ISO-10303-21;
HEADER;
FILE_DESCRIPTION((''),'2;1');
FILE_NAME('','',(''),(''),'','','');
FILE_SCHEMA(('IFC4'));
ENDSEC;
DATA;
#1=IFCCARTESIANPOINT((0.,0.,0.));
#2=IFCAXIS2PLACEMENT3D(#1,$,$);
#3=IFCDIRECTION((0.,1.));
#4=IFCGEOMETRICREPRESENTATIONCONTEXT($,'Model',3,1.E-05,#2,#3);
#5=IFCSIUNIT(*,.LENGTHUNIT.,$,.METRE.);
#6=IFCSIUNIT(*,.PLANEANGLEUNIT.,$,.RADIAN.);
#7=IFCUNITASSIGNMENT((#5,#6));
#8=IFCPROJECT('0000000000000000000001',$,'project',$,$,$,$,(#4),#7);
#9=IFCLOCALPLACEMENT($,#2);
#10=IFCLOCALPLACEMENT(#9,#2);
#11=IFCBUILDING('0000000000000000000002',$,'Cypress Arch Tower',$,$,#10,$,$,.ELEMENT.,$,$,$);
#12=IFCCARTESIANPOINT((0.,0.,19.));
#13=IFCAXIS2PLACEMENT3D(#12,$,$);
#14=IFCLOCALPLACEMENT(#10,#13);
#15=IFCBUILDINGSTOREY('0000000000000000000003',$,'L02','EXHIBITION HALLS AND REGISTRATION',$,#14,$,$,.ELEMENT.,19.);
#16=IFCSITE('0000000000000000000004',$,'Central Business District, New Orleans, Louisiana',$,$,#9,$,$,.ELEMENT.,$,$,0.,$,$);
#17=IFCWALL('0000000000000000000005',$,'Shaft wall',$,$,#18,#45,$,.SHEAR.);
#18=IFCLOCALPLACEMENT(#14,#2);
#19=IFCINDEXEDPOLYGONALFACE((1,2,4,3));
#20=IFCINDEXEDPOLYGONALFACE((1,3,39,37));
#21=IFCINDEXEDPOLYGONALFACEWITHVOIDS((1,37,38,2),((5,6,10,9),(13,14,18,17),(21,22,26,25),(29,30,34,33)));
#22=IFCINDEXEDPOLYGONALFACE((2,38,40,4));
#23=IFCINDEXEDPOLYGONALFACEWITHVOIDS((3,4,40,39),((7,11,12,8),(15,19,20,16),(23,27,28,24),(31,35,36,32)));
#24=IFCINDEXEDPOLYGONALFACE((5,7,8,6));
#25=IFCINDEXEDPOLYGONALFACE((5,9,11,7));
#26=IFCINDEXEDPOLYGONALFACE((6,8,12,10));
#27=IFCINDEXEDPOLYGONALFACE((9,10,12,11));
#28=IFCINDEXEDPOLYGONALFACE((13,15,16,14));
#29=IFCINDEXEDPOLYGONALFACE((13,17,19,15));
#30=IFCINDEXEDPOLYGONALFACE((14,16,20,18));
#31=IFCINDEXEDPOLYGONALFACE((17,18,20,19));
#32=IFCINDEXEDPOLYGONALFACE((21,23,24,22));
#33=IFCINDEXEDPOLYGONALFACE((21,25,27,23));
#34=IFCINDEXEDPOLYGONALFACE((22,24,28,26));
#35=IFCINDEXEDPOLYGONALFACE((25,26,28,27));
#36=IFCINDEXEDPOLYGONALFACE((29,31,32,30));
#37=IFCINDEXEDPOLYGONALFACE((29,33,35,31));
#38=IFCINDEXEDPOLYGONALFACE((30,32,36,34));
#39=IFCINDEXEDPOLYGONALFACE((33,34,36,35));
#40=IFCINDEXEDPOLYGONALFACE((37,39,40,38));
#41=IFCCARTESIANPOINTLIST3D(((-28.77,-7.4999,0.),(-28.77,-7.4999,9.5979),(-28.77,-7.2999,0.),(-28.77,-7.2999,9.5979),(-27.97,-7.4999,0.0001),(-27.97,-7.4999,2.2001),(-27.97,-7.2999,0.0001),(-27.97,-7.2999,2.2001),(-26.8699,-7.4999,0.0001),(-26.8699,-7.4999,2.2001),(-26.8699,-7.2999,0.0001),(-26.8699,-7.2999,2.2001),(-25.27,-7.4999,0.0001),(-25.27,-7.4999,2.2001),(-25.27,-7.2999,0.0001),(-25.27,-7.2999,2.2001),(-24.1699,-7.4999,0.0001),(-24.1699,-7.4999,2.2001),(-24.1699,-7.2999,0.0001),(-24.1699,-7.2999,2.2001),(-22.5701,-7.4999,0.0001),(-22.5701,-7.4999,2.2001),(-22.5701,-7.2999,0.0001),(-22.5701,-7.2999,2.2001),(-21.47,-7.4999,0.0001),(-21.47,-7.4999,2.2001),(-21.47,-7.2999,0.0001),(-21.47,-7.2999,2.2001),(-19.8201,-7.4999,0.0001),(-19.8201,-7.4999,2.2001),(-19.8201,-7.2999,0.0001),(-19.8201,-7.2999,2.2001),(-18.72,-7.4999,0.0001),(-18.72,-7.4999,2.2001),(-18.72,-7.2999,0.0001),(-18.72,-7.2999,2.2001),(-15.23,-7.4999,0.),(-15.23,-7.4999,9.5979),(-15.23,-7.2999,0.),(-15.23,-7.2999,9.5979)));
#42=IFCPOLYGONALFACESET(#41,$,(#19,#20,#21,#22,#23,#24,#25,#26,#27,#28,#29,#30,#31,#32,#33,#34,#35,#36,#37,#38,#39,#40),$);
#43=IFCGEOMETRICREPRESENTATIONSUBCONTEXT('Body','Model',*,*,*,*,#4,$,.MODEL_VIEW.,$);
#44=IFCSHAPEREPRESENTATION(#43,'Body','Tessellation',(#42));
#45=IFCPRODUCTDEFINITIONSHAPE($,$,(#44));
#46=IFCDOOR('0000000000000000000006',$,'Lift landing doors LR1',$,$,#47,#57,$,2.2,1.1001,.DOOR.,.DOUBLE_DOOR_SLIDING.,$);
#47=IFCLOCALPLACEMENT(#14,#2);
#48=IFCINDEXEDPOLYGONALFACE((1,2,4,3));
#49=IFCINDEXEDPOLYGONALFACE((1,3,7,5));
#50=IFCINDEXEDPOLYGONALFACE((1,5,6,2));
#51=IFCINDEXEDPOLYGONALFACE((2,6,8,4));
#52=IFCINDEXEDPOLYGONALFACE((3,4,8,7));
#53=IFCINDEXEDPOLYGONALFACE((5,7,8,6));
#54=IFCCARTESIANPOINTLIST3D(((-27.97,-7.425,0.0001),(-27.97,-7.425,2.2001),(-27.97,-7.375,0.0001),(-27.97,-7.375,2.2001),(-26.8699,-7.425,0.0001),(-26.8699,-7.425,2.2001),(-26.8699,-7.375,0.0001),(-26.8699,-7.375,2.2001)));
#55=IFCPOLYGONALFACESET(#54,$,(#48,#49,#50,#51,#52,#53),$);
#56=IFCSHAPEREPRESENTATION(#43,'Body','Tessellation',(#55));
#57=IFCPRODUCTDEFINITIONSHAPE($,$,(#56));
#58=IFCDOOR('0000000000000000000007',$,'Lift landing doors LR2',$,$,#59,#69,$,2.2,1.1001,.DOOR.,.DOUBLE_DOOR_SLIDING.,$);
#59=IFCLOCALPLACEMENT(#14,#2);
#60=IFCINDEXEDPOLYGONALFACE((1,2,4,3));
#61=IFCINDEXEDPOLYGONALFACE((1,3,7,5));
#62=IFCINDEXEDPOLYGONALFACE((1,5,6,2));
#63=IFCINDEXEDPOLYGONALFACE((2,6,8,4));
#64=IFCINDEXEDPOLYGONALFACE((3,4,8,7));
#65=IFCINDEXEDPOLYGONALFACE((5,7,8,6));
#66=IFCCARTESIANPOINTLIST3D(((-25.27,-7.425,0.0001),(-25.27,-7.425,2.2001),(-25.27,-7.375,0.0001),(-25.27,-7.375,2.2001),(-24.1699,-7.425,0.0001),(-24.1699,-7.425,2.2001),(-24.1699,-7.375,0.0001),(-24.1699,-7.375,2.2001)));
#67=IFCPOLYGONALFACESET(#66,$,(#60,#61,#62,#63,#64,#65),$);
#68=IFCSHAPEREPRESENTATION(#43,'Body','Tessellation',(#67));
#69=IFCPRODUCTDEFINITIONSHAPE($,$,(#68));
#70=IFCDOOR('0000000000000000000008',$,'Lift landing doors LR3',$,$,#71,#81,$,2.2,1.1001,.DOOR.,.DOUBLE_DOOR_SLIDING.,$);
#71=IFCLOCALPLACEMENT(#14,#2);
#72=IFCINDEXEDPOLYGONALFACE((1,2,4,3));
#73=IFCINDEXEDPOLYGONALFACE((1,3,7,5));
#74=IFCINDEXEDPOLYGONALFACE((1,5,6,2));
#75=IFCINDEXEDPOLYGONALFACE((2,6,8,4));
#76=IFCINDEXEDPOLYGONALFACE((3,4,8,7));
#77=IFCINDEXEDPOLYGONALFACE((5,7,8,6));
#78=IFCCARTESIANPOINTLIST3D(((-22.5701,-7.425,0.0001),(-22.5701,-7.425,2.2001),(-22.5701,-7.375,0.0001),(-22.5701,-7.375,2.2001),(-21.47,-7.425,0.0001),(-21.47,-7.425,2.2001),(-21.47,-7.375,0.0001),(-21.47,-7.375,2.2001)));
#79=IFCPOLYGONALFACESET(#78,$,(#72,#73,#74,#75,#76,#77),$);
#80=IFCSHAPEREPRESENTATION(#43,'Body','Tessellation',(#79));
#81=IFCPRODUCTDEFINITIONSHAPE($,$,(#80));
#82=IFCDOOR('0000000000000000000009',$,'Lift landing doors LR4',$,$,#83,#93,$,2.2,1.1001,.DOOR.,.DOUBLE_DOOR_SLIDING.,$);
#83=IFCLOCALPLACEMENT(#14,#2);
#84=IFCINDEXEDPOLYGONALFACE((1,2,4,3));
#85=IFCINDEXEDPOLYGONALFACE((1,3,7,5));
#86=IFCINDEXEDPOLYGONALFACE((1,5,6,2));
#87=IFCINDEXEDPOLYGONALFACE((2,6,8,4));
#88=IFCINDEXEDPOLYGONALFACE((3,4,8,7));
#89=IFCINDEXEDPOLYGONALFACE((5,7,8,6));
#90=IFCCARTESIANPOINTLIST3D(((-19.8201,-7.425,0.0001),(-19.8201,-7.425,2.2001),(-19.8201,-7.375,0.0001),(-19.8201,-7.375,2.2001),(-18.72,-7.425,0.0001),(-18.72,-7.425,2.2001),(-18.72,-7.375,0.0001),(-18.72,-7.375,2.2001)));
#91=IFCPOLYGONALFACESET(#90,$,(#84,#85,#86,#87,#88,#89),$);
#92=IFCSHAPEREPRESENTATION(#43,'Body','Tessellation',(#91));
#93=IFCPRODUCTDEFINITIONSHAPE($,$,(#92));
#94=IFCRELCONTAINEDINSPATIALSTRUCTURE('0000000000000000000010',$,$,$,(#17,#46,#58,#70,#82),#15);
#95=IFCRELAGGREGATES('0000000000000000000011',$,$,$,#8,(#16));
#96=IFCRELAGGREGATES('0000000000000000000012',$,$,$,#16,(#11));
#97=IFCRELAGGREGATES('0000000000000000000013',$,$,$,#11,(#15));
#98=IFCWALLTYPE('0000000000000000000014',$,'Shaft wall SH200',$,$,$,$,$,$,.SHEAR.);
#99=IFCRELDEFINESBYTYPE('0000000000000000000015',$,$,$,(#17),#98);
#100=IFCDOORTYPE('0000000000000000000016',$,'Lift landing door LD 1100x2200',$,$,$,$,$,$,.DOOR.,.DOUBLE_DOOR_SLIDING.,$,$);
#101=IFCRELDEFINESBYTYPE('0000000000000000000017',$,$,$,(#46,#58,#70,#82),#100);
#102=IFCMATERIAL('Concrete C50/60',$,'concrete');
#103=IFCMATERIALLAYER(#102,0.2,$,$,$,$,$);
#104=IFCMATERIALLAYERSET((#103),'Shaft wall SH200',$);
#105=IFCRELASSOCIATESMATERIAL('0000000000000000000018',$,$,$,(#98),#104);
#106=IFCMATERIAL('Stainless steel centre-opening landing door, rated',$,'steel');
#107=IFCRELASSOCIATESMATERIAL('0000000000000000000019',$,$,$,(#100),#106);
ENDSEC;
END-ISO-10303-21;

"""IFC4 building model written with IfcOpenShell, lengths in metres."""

from ifc_helpers import new_model, si_unit, direction, frame, frame_2d, origin, place, context, subcontext, project, spatial, rectangle, extrude, material, layer, layer_set, type_object, element, fill, save


model = new_model("IFC4")

# Units and contexts
model_context = context("Model", 3, precision=1e-05, world=origin(), true_north=direction((0.0, 1.0)))
body_context = subcontext(model_context, "Body", "Model", "MODEL_VIEW")
ifc_project = project(units=[si_unit("LENGTHUNIT", "METRE"), si_unit("PLANEANGLEUNIT", "RADIAN")], contexts=[model_context])

# Site, building, storey
site_placement = place(None, origin())
site = spatial("IfcSite", under=ifc_project, at=site_placement, Name="Central Business District, New Orleans, Louisiana", CompositionType="ELEMENT", RefElevation=0.0)
building_placement = place(site_placement, origin())
building = spatial("IfcBuilding", under=site, at=building_placement, Name="Cypress Arch Tower", CompositionType="ELEMENT")
storey_placement = place(building_placement, frame((0.0, 0.0, 19.0)))
storey = spatial("IfcBuildingStorey", under=building, at=storey_placement, Name="L02", Description="EXHIBITION HALLS AND REGISTRATION", CompositionType="ELEMENT", Elevation=19.0)

# Wall, openings, doors
ifc_material_1 = material(Name="Concrete C50/60", Category="concrete")
ifc_layer = layer(ifc_material_1, 0.2)
ifc_layer_set = layer_set([ifc_layer], Name="Shaft wall SH200")
wall_type = type_object("IfcWallType", Name="Shaft wall SH200", PredefinedType="SHEAR", material=ifc_layer_set)
wall_1_placement = place(storey_placement, frame((-28.77, -7.3999, 0.0), z_axis=(0.0, 0.0, 1.0), x_axis=(1.0, 0.0, 0.0)))
wall_1 = element("IfcWall", 1, at=wall_1_placement, inside=storey, type_object=wall_type, Name="Shaft wall", PredefinedType="SHEAR", context=body_context, shape_type="SweptSolid", body=[
    extrude(rectangle(XDim=13.54, YDim=0.2, at=frame_2d((6.77, 0.0))), origin(), (0.0, 0.0, 1.0), 9.5979),
])
opening_1_placement = place(wall_1_placement, frame((0.8, 0.0, 0.0)))
opening_1 = element("IfcOpeningElement", 2, at=opening_1_placement, cuts=wall_1, PredefinedType="OPENING", context=body_context, shape_type="SweptSolid", body=[
    extrude(rectangle(XDim=1.1001, YDim=2.2, at=frame_2d((0.55, 1.1001))), frame((0.0, 0.1099, 0.0), z_axis=(0.0, -1.0, 0.0), x_axis=(1.0, 0.0, 0.0)), (0.0, 0.0, 1.0), 0.22),
])
opening_2_placement = place(wall_1_placement, frame((3.5, 0.0, 0.0)))
opening_2 = element("IfcOpeningElement", 3, at=opening_2_placement, cuts=wall_1, PredefinedType="OPENING", context=body_context, shape_type="SweptSolid", body=[
    extrude(rectangle(XDim=1.1001, YDim=2.2, at=frame_2d((0.55, 1.1001))), frame((0.0, 0.1099, 0.0), z_axis=(0.0, -1.0, 0.0), x_axis=(1.0, 0.0, 0.0)), (0.0, 0.0, 1.0), 0.22),
])
opening_3_placement = place(wall_1_placement, frame((6.2, 0.0, 0.0)))
opening_3 = element("IfcOpeningElement", 4, at=opening_3_placement, cuts=wall_1, PredefinedType="OPENING", context=body_context, shape_type="SweptSolid", body=[
    extrude(rectangle(XDim=1.1001, YDim=2.2, at=frame_2d((0.55, 1.1001))), frame((0.0, 0.1099, 0.0), z_axis=(0.0, -1.0, 0.0), x_axis=(1.0, 0.0, 0.0)), (0.0, 0.0, 1.0), 0.22),
])
opening_4_placement = place(wall_1_placement, frame((8.95, 0.0, 0.0)))
opening_4 = element("IfcOpeningElement", 5, at=opening_4_placement, cuts=wall_1, PredefinedType="OPENING", context=body_context, shape_type="SweptSolid", body=[
    extrude(rectangle(XDim=1.1001, YDim=2.2, at=frame_2d((0.55, 1.1001))), frame((0.0, 0.1099, 0.0), z_axis=(0.0, -1.0, 0.0), x_axis=(1.0, 0.0, 0.0)), (0.0, 0.0, 1.0), 0.22),
])
ifc_material_2 = material(Name="Stainless steel centre-opening landing door, rated", Category="steel")
door_type = type_object("IfcDoorType", Name="Lift landing door LD 1100x2200", OperationType="DOUBLE_DOOR_SLIDING", PredefinedType="DOOR", material=ifc_material_2)
door_1_placement = place(opening_1_placement, origin())
door_1 = element("IfcDoor", 6, at=door_1_placement, inside=storey, type_object=door_type, Name="Lift landing doors LR1", OperationType="DOUBLE_DOOR_SLIDING", OverallHeight=2.2, OverallWidth=1.1001, PredefinedType="DOOR", context=body_context, shape_type="SweptSolid", body=[
    extrude(rectangle(XDim=1.1001, YDim=2.2, at=frame_2d((0.55, 1.1001))), frame((0.0, 0.0249, 0.0), z_axis=(0.0, -1.0, 0.0), x_axis=(1.0, 0.0, 0.0)), (0.0, 0.0, 1.0), 0.05),
])
fill(opening_1, door_1)
door_2_placement = place(opening_2_placement, origin())
door_2 = element("IfcDoor", 7, at=door_2_placement, inside=storey, type_object=door_type, Name="Lift landing doors LR2", OperationType="DOUBLE_DOOR_SLIDING", OverallHeight=2.2, OverallWidth=1.1001, PredefinedType="DOOR", context=body_context, shape_type="SweptSolid", body=[
    extrude(rectangle(XDim=1.1001, YDim=2.2, at=frame_2d((0.55, 1.1001))), frame((0.0, 0.0249, 0.0), z_axis=(0.0, -1.0, 0.0), x_axis=(1.0, 0.0, 0.0)), (0.0, 0.0, 1.0), 0.05),
])
fill(opening_2, door_2)
door_3_placement = place(opening_3_placement, origin())
door_3 = element("IfcDoor", 8, at=door_3_placement, inside=storey, type_object=door_type, Name="Lift landing doors LR3", OperationType="DOUBLE_DOOR_SLIDING", OverallHeight=2.2, OverallWidth=1.1001, PredefinedType="DOOR", context=body_context, shape_type="SweptSolid", body=[
    extrude(rectangle(XDim=1.1001, YDim=2.2, at=frame_2d((0.55, 1.1001))), frame((0.0, 0.0249, 0.0), z_axis=(0.0, -1.0, 0.0), x_axis=(1.0, 0.0, 0.0)), (0.0, 0.0, 1.0), 0.05),
])
fill(opening_3, door_3)
door_4_placement = place(opening_4_placement, origin())
door_4 = element("IfcDoor", 9, at=door_4_placement, inside=storey, type_object=door_type, Name="Lift landing doors LR4", OperationType="DOUBLE_DOOR_SLIDING", OverallHeight=2.2, OverallWidth=1.1001, PredefinedType="DOOR", context=body_context, shape_type="SweptSolid", body=[
    extrude(rectangle(XDim=1.1001, YDim=2.2, at=frame_2d((0.55, 1.1001))), frame((0.0, 0.0249, 0.0), z_axis=(0.0, -1.0, 0.0), x_axis=(1.0, 0.0, 0.0)), (0.0, 0.0, 1.0), 0.05),
])
fill(opening_4, door_4)

save(model, "model.ifc")
